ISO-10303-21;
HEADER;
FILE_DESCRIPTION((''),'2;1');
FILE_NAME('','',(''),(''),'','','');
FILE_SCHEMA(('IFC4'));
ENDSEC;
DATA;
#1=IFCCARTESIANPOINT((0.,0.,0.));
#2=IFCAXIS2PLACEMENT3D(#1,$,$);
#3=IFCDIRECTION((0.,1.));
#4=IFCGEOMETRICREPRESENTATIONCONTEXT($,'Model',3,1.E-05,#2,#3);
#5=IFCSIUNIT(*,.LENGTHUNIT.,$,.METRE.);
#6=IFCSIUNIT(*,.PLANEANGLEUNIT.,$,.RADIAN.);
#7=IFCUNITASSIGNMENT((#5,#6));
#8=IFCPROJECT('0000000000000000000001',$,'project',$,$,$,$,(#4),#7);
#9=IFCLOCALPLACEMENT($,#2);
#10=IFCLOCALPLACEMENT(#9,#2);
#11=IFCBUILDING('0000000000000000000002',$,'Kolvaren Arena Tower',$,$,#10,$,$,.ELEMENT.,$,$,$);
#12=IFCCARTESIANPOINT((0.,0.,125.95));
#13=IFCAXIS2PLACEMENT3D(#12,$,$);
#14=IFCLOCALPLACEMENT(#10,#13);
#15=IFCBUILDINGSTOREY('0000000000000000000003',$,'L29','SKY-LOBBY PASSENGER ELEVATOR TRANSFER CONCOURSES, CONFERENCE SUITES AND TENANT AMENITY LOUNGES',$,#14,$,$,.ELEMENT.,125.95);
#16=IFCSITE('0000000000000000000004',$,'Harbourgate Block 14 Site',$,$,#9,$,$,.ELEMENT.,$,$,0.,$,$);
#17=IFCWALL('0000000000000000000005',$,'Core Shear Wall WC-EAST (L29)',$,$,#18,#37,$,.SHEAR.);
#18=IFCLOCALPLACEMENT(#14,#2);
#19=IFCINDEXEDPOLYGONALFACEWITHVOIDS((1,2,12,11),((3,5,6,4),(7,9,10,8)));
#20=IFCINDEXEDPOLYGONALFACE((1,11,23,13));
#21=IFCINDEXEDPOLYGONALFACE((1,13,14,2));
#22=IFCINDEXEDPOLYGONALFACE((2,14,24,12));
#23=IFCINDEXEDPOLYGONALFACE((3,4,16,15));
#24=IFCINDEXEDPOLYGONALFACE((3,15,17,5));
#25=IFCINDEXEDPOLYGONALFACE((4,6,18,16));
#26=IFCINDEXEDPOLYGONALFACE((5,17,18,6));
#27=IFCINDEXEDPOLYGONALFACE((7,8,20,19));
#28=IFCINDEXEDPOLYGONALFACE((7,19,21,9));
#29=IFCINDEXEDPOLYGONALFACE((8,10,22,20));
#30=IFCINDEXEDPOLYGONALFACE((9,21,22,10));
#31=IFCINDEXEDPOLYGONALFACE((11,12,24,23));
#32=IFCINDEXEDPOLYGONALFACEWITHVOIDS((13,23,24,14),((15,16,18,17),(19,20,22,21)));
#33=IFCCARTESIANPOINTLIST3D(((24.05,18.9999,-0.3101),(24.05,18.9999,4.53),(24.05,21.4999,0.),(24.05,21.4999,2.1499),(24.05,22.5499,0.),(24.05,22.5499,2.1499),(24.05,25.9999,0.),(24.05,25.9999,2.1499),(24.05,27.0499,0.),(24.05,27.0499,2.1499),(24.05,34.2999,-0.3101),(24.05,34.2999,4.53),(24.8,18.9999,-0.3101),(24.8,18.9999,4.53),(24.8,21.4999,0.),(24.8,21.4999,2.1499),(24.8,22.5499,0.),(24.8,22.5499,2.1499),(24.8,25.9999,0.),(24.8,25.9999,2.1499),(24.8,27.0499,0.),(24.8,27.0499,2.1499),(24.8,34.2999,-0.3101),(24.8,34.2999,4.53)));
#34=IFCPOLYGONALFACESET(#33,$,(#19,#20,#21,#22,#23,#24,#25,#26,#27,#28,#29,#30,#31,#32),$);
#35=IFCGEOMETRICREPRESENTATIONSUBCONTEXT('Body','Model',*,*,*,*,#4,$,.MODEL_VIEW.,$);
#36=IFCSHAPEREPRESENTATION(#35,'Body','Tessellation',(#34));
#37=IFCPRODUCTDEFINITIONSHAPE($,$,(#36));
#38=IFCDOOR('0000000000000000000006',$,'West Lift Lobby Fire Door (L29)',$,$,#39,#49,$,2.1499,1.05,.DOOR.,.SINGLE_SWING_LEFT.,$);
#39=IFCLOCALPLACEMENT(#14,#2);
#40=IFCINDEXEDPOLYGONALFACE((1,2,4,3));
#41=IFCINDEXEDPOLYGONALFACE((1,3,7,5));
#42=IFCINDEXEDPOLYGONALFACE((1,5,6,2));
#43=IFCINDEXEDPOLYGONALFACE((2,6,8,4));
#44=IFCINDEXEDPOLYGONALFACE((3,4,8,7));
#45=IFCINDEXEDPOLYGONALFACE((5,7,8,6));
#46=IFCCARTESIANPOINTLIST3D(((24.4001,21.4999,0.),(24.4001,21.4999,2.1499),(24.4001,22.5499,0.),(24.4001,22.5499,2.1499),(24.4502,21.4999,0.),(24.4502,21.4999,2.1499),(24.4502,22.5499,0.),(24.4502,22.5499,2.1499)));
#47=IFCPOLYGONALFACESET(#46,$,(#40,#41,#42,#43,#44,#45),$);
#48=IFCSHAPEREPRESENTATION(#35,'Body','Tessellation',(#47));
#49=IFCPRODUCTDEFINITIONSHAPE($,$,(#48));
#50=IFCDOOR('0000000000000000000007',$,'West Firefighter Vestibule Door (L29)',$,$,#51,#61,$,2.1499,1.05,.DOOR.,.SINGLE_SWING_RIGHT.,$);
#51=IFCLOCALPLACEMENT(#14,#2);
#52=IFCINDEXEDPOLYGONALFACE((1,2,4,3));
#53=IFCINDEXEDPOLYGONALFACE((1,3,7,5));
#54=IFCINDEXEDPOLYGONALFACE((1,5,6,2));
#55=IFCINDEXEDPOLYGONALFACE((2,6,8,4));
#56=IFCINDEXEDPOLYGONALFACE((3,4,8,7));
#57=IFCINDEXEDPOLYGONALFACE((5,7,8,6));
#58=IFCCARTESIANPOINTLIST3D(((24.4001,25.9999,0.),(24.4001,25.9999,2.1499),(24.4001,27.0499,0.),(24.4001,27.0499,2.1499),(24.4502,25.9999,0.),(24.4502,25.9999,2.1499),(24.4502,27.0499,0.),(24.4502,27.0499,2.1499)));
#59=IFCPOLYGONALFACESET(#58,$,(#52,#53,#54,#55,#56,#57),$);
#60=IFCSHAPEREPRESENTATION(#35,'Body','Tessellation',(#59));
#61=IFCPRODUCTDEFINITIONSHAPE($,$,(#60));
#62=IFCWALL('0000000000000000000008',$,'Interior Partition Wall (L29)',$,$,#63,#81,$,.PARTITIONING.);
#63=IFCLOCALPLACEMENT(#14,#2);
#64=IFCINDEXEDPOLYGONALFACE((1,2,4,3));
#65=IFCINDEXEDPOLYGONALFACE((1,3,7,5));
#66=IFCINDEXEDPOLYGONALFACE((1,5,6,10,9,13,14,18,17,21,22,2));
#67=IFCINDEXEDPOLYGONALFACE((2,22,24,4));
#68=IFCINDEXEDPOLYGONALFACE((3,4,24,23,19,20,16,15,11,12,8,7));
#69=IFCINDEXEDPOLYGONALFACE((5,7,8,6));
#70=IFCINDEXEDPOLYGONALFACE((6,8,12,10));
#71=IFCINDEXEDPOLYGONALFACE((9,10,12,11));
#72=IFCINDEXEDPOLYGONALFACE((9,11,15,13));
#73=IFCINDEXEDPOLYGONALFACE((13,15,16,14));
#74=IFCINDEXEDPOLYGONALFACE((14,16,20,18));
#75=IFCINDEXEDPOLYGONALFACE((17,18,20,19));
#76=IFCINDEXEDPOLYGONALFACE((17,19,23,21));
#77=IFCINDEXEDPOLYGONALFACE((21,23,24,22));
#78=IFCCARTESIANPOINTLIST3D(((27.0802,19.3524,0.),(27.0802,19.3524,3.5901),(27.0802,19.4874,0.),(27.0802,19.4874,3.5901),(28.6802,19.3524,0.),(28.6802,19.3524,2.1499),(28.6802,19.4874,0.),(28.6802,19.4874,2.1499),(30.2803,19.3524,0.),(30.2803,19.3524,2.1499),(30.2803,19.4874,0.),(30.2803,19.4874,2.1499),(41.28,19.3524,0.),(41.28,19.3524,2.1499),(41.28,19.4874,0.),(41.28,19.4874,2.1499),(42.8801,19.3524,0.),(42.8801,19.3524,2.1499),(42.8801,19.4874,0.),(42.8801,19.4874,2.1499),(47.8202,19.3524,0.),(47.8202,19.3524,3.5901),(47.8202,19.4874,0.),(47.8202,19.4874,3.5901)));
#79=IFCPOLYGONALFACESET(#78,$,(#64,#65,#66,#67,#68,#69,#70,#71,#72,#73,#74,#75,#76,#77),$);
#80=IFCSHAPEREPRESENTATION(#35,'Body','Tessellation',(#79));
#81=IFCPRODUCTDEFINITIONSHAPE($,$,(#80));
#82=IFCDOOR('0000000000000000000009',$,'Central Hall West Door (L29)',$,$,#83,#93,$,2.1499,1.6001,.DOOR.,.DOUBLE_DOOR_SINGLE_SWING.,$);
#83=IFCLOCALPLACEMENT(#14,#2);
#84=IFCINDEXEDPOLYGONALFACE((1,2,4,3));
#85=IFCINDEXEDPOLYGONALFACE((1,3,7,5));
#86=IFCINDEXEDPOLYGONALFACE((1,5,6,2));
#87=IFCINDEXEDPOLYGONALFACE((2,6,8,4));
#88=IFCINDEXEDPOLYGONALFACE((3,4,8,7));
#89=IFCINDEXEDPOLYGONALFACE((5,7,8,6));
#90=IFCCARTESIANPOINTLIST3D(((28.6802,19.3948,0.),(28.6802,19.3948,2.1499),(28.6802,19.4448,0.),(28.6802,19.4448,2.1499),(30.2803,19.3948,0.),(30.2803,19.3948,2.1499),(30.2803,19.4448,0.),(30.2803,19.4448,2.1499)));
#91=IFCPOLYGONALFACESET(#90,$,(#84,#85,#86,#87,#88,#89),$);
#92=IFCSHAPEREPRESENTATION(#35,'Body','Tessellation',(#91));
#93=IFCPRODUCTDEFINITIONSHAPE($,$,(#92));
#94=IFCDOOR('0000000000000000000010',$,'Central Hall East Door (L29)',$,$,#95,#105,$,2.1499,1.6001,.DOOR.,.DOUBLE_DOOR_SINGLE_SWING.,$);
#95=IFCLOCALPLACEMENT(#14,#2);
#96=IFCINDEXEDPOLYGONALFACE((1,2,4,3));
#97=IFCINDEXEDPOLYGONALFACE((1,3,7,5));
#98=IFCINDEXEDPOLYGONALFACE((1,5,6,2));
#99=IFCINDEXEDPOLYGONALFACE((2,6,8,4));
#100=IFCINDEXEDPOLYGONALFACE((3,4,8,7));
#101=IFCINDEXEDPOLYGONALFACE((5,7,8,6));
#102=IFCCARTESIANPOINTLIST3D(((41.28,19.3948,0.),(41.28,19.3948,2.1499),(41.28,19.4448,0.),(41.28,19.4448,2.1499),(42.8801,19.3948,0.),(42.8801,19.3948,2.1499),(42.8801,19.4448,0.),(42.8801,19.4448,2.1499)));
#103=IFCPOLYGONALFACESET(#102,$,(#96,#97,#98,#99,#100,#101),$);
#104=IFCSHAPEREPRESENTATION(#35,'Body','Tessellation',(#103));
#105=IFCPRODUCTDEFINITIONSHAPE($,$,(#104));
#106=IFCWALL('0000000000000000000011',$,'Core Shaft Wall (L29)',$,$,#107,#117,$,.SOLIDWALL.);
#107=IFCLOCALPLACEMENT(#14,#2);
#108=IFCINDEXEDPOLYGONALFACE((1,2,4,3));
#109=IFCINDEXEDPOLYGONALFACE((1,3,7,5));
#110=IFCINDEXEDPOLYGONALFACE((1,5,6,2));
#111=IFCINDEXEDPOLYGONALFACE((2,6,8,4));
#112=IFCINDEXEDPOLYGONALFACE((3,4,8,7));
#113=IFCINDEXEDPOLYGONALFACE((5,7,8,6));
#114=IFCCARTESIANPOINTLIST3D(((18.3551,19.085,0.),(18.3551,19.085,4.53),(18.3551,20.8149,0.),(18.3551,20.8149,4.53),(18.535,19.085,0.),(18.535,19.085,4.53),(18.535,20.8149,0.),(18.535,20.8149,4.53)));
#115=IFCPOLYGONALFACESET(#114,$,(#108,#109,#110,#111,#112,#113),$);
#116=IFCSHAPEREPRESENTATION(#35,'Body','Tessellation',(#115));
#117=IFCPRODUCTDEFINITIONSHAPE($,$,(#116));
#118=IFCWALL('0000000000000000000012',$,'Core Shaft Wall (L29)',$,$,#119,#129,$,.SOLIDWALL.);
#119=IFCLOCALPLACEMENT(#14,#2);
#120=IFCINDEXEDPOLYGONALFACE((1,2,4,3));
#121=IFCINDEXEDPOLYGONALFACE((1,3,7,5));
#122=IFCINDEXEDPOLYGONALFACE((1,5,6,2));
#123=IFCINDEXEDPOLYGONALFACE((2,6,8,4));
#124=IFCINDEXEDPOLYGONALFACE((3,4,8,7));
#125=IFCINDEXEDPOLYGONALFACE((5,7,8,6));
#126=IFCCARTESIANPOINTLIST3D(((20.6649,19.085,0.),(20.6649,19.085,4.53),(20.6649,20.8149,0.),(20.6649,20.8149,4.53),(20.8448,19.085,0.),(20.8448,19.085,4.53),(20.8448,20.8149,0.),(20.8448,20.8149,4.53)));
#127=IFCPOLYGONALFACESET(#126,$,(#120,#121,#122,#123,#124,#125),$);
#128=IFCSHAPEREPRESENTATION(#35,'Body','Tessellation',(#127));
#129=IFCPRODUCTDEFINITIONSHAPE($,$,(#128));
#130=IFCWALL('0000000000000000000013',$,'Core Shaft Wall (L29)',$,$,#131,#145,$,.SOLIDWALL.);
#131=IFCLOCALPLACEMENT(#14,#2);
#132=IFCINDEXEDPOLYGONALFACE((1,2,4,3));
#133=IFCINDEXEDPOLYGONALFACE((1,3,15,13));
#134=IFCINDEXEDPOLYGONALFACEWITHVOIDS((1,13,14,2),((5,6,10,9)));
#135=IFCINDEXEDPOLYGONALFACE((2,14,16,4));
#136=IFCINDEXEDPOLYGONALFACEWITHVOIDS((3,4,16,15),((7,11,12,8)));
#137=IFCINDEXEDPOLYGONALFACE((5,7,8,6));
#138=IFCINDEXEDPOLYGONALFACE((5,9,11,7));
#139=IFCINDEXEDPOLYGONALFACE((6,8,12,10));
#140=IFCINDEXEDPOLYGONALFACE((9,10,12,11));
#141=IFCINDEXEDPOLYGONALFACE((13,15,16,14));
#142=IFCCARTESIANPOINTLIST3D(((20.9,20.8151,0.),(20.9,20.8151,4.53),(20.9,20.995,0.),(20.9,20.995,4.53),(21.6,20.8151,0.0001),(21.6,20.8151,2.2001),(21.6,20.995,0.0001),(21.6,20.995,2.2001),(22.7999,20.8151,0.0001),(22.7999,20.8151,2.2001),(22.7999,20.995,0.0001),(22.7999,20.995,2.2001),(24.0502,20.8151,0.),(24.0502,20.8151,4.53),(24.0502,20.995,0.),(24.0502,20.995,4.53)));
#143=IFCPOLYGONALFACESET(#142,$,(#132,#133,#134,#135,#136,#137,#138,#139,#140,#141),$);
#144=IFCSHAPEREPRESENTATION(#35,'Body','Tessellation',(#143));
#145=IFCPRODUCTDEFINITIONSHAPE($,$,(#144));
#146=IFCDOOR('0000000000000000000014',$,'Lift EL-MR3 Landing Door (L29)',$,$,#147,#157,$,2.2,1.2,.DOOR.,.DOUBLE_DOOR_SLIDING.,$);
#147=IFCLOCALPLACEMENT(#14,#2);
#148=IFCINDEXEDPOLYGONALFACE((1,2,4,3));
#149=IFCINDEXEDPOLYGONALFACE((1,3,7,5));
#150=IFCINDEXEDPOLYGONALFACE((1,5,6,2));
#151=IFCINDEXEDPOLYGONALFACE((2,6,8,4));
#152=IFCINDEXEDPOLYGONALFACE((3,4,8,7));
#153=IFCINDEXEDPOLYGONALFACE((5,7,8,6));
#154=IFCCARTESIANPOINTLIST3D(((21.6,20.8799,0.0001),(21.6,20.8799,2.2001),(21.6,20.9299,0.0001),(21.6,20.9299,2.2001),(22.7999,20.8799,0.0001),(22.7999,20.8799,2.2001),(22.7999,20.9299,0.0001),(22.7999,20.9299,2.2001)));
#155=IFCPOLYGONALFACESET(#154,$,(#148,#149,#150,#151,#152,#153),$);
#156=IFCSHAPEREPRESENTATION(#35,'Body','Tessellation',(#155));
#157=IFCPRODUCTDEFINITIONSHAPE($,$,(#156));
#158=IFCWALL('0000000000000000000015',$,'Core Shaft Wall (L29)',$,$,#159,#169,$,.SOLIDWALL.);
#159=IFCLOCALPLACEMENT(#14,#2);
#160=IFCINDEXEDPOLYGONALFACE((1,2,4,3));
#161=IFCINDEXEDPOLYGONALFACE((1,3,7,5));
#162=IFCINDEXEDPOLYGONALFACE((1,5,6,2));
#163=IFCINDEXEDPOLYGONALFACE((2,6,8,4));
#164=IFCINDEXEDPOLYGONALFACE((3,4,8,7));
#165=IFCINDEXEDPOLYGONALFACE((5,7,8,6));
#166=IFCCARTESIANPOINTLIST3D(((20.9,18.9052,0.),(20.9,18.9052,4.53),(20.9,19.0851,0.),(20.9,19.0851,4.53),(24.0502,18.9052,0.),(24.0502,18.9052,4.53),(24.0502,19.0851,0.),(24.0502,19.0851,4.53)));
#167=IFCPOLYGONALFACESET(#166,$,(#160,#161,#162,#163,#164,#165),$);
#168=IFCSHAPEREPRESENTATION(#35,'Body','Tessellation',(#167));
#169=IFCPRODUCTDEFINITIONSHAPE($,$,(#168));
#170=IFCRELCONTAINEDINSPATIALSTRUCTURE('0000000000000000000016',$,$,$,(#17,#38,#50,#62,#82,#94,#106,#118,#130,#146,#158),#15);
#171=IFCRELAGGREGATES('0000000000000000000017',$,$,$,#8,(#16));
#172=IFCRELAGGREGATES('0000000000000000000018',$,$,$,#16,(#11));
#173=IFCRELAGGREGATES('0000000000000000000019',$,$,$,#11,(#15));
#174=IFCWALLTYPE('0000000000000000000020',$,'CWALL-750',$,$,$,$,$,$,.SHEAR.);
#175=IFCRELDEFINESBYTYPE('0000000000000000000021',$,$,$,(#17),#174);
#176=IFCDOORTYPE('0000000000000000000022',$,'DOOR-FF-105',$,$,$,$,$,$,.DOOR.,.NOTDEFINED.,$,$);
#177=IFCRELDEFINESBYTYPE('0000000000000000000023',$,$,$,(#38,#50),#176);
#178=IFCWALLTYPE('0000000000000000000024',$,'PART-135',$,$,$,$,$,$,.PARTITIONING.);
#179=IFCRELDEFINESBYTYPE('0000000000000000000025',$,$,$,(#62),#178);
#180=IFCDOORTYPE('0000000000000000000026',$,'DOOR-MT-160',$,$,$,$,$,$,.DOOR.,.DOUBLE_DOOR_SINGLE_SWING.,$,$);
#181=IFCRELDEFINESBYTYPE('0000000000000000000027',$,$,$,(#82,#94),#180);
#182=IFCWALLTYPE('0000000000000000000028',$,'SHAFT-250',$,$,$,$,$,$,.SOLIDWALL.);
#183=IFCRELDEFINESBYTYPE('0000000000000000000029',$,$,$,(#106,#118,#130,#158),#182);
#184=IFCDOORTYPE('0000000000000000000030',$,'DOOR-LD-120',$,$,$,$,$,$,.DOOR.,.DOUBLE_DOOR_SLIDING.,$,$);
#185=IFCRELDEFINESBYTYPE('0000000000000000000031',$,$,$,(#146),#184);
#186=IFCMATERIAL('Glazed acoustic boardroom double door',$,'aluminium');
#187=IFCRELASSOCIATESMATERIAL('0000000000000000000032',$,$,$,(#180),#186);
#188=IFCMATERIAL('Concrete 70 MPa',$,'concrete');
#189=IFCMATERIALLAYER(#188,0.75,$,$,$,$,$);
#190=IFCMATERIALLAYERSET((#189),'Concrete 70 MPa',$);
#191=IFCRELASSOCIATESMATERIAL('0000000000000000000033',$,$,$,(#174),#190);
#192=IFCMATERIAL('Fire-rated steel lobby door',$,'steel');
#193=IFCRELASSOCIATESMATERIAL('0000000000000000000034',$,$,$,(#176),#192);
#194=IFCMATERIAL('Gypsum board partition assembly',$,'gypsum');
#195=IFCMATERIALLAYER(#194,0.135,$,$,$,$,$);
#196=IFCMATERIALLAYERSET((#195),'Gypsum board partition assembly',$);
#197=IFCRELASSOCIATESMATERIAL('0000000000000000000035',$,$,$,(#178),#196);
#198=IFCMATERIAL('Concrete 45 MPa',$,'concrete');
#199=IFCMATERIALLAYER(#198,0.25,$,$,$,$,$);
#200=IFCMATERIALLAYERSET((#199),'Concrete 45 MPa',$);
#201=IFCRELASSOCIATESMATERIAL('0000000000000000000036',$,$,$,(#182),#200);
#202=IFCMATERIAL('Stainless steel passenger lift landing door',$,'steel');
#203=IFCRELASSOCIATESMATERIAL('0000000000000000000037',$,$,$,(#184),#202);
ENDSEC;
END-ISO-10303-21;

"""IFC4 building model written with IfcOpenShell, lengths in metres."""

from ifc_helpers import new_model, si_unit, direction, frame, frame_2d, origin, place, context, subcontext, project, spatial, rectangle, extrude, material, layer, layer_set, type_object, element, fill, save


model = new_model("IFC4")

# Units and contexts
model_context = context("Model", 3, precision=1e-05, world=origin(), true_north=direction((0.0, 1.0)))
body_context = subcontext(model_context, "Body", "Model", "MODEL_VIEW")
ifc_project = project(units=[si_unit("LENGTHUNIT", "METRE"), si_unit("PLANEANGLEUNIT", "RADIAN")], contexts=[model_context])

# Site, building, storey
site_placement = place(None, origin())
site = spatial("IfcSite", under=ifc_project, at=site_placement, Name="Harbourgate Block 14 Site", CompositionType="ELEMENT", RefElevation=0.0)
building_placement = place(site_placement, origin())
building = spatial("IfcBuilding", under=site, at=building_placement, Name="Kolvaren Arena Tower", CompositionType="ELEMENT")
storey_placement = place(building_placement, frame((0.0, 0.0, 125.95)))
storey = spatial("IfcBuildingStorey", under=building, at=storey_placement, Name="L29", Description="SKY-LOBBY PASSENGER ELEVATOR TRANSFER CONCOURSES, CONFERENCE SUITES AND TENANT AMENITY LOUNGES", CompositionType="ELEMENT", Elevation=125.95)

# Shared definitions
ifc_material_1 = material(Name="Glazed acoustic boardroom double door", Category="aluminium")
door_type_1 = type_object("IfcDoorType", Name="DOOR-MT-160", OperationType="DOUBLE_DOOR_SINGLE_SWING", PredefinedType="DOOR", material=ifc_material_1)

# Walls, openings, doors
ifc_material_2 = material(Name="Concrete 70 MPa", Category="concrete")
ifc_layer_1 = layer(ifc_material_2, 0.75)
ifc_layer_set_1 = layer_set([ifc_layer_1], Name="Concrete 70 MPa")
wall_type_1 = type_object("IfcWallType", Name="CWALL-750", PredefinedType="SHEAR", material=ifc_layer_set_1)
wall_1_placement = place(storey_placement, frame((24.425, 19.0, -0.3101), z_axis=(0.0, 0.0, 1.0), x_axis=(0.0, 1.0, 0.0)))
wall_1 = element("IfcWall", 1, at=wall_1_placement, inside=storey, type_object=wall_type_1, Name="Core Shear Wall WC-EAST (L29)", PredefinedType="SHEAR", context=body_context, shape_type="SweptSolid", body=[
    extrude(rectangle(XDim=15.3, YDim=0.75, at=frame_2d((7.6499, 0.0))), origin(), (0.0, 0.0, 1.0), 4.8401),
])
opening_1_placement = place(wall_1_placement, frame((2.5, 0.0, 0.3101)))
opening_1 = element("IfcOpeningElement", 2, at=opening_1_placement, cuts=wall_1, PredefinedType="OPENING", context=body_context, shape_type="SweptSolid", body=[
    extrude(rectangle(XDim=1.05, YDim=2.1499, at=frame_2d((0.5249, 1.075))), frame((0.0, 0.385, 0.0), z_axis=(0.0, -1.0, 0.0), x_axis=(1.0, 0.0, 0.0)), (0.0, 0.0, 1.0), 0.77),
])
opening_2_placement = place(wall_1_placement, frame((7.0, 0.0, 0.3101)))
opening_2 = element("IfcOpeningElement", 3, at=opening_2_placement, cuts=wall_1, PredefinedType="OPENING", context=body_context, shape_type="SweptSolid", body=[
    extrude(rectangle(XDim=1.05, YDim=2.1499, at=frame_2d((0.5249, 1.075))), frame((0.0, 0.385, 0.0), z_axis=(0.0, -1.0, 0.0), x_axis=(1.0, 0.0, 0.0)), (0.0, 0.0, 1.0), 0.77),
])
ifc_material_3 = material(Name="Fire-rated steel lobby door", Category="steel")
door_type_2 = type_object("IfcDoorType", Name="DOOR-FF-105", OperationType="NOTDEFINED", PredefinedType="DOOR", material=ifc_material_3)
door_1_placement = place(opening_1_placement, origin())
door_1 = element("IfcDoor", 4, at=door_1_placement, inside=storey, type_object=door_type_2, Name="West Lift Lobby Fire Door (L29)", OperationType="SINGLE_SWING_LEFT", OverallHeight=2.1499, OverallWidth=1.05, PredefinedType="DOOR", context=body_context, shape_type="SweptSolid", body=[
    extrude(rectangle(XDim=1.05, YDim=2.1499, at=frame_2d((0.5249, 1.075))), frame((0.0, 0.0249, 0.0), z_axis=(0.0, -1.0, 0.0), x_axis=(1.0, 0.0, 0.0)), (0.0, 0.0, 1.0), 0.05),
])
fill(opening_1, door_1)
door_2_placement = place(opening_2_placement, origin())
door_2 = element("IfcDoor", 5, at=door_2_placement, inside=storey, type_object=door_type_2, Name="West Firefighter Vestibule Door (L29)", OperationType="SINGLE_SWING_RIGHT", OverallHeight=2.1499, OverallWidth=1.05, PredefinedType="DOOR", context=body_context, shape_type="SweptSolid", body=[
    extrude(rectangle(XDim=1.05, YDim=2.1499, at=frame_2d((0.5249, 1.075))), frame((0.0, 0.0249, 0.0), z_axis=(0.0, -1.0, 0.0), x_axis=(1.0, 0.0, 0.0)), (0.0, 0.0, 1.0), 0.05),
])
fill(opening_2, door_2)
ifc_material_4 = material(Name="Gypsum board partition assembly", Category="gypsum")
ifc_layer_2 = layer(ifc_material_4, 0.135)
ifc_layer_set_2 = layer_set([ifc_layer_2], Name="Gypsum board partition assembly")
wall_type_2 = type_object("IfcWallType", Name="PART-135", PredefinedType="PARTITIONING", material=ifc_layer_set_2)
wall_2_placement = place(storey_placement, frame((27.0801, 19.4199, 0.0), z_axis=(0.0, 0.0, 1.0), x_axis=(1.0, 0.0, 0.0)))
wall_2 = element("IfcWall", 6, at=wall_2_placement, inside=storey, type_object=wall_type_2, Name="Interior Partition Wall (L29)", PredefinedType="PARTITIONING", context=body_context, shape_type="SweptSolid", body=[
    extrude(rectangle(XDim=20.74, YDim=0.135, at=frame_2d((10.3701, 0.0))), origin(), (0.0, 0.0, 1.0), 3.5901),
])
opening_3_placement = place(wall_2_placement, frame((1.6001, 0.0, 0.0)))
opening_3 = element("IfcOpeningElement", 7, at=opening_3_placement, cuts=wall_2, PredefinedType="OPENING", context=body_context, shape_type="SweptSolid", body=[
    extrude(rectangle(XDim=1.6001, YDim=2.1499, at=frame_2d((0.8, 1.075))), frame((0.0, 0.0774, 0.0), z_axis=(0.0, -1.0, 0.0), x_axis=(1.0, 0.0, 0.0)), (0.0, 0.0, 1.0), 0.155),
])
opening_4_placement = place(wall_2_placement, frame((14.2, 0.0, 0.0)))
opening_4 = element("IfcOpeningElement", 8, at=opening_4_placement, cuts=wall_2, PredefinedType="OPENING", context=body_context, shape_type="SweptSolid", body=[
    extrude(rectangle(XDim=1.6001, YDim=2.1499, at=frame_2d((0.8, 1.075))), frame((0.0, 0.0774, 0.0), z_axis=(0.0, -1.0, 0.0), x_axis=(1.0, 0.0, 0.0)), (0.0, 0.0, 1.0), 0.155),
])
door_3_placement = place(opening_3_placement, origin())
door_3 = element("IfcDoor", 9, at=door_3_placement, inside=storey, type_object=door_type_1, Name="Central Hall West Door (L29)", OperationType="DOUBLE_DOOR_SINGLE_SWING", OverallHeight=2.1499, OverallWidth=1.6001, PredefinedType="DOOR", context=body_context, shape_type="SweptSolid", body=[
    extrude(rectangle(XDim=1.6001, YDim=2.1499, at=frame_2d((0.8, 1.075))), frame((0.0, 0.0249, 0.0), z_axis=(0.0, -1.0, 0.0), x_axis=(1.0, 0.0, 0.0)), (0.0, 0.0, 1.0), 0.05),
])
fill(opening_3, door_3)
door_4_placement = place(opening_4_placement, origin())
door_4 = element("IfcDoor", 10, at=door_4_placement, inside=storey, type_object=door_type_1, Name="Central Hall East Door (L29)", OperationType="DOUBLE_DOOR_SINGLE_SWING", OverallHeight=2.1499, OverallWidth=1.6001, PredefinedType="DOOR", context=body_context, shape_type="SweptSolid", body=[
    extrude(rectangle(XDim=1.6001, YDim=2.1499, at=frame_2d((0.8, 1.075))), frame((0.0, 0.0249, 0.0), z_axis=(0.0, -1.0, 0.0), x_axis=(1.0, 0.0, 0.0)), (0.0, 0.0, 1.0), 0.05),
])
fill(opening_4, door_4)

# Walls
ifc_material_5 = material(Name="Concrete 45 MPa", Category="concrete")
ifc_layer_3 = layer(ifc_material_5, 0.25)
ifc_layer_set_3 = layer_set([ifc_layer_3], Name="Concrete 45 MPa")
wall_type_3 = type_object("IfcWallType", Name="SHAFT-250", PredefinedType="SOLIDWALL", material=ifc_layer_set_3)
for number, where, z_axis, x_axis, name in (
    (11, (18.4451, 19.085, 0.0), (0.0, 0.0, 1.0), (0.0, 1.0, 0.0), "Core Shaft Wall (L29)"),
    (12, (20.7549, 19.085, 0.0), (0.0, 0.0, 1.0), (0.0, 1.0, 0.0), "Core Shaft Wall (L29)"),
):
    element("IfcWall", number, at=place(storey_placement, frame(where, z_axis=z_axis, x_axis=x_axis)), inside=storey, type_object=wall_type_3, Name=name, PredefinedType="SOLIDWALL", context=body_context, shape_type="SweptSolid", body=[
        extrude(rectangle(XDim=1.73, YDim=0.1799, at=frame_2d((0.865, 0.0))), origin(), (0.0, 0.0, 1.0), 4.53),
    ])

# Wall, opening, door
wall_3_placement = place(storey_placement, frame((20.8999, 20.905, 0.0), z_axis=(0.0, 0.0, 1.0), x_axis=(1.0, 0.0, 0.0)))
wall_3 = element("IfcWall", 13, at=wall_3_placement, inside=storey, type_object=wall_type_3, Name="Core Shaft Wall (L29)", PredefinedType="SOLIDWALL", context=body_context, shape_type="SweptSolid", body=[
    extrude(rectangle(XDim=3.1501, YDim=0.1799, at=frame_2d((1.5752, 0.0))), origin(), (0.0, 0.0, 1.0), 4.53),
])
opening_5_placement = place(wall_3_placement, frame((0.7, 0.0, 0.0)))
opening_5 = element("IfcOpeningElement", 14, at=opening_5_placement, cuts=wall_3, PredefinedType="OPENING", context=body_context, shape_type="SweptSolid", body=[
    extrude(rectangle(XDim=1.2, YDim=2.2, at=frame_2d((0.6001, 1.1001))), frame((0.0, 0.0999, 0.0), z_axis=(0.0, -1.0, 0.0), x_axis=(1.0, 0.0, 0.0)), (0.0, 0.0, 1.0), 0.2),
])
ifc_material_6 = material(Name="Stainless steel passenger lift landing door", Category="steel")
door_type_3 = type_object("IfcDoorType", Name="DOOR-LD-120", OperationType="DOUBLE_DOOR_SLIDING", PredefinedType="DOOR", material=ifc_material_6)
door_5_placement = place(opening_5_placement, origin())
door_5 = element("IfcDoor", 15, at=door_5_placement, inside=storey, type_object=door_type_3, Name="Lift EL-MR3 Landing Door (L29)", OperationType="DOUBLE_DOOR_SLIDING", OverallHeight=2.2, OverallWidth=1.2, PredefinedType="DOOR", context=body_context, shape_type="SweptSolid", body=[
    extrude(rectangle(XDim=1.2, YDim=2.2, at=frame_2d((0.6001, 1.1001))), frame((0.0, 0.0249, 0.0), z_axis=(0.0, -1.0, 0.0), x_axis=(1.0, 0.0, 0.0)), (0.0, 0.0, 1.0), 0.05),
])
fill(opening_5, door_5)

# Wall
wall_4_placement = place(storey_placement, frame((20.8999, 18.9951, 0.0), z_axis=(0.0, 0.0, 1.0), x_axis=(1.0, 0.0, 0.0)))
element("IfcWall", 16, at=wall_4_placement, inside=storey, type_object=wall_type_3, Name="Core Shaft Wall (L29)", PredefinedType="SOLIDWALL", context=body_context, shape_type="SweptSolid", body=[
    extrude(rectangle(XDim=3.1501, YDim=0.1799, at=frame_2d((1.5752, 0.0))), origin(), (0.0, 0.0, 1.0), 4.53),
])

save(model, "model.ifc")
